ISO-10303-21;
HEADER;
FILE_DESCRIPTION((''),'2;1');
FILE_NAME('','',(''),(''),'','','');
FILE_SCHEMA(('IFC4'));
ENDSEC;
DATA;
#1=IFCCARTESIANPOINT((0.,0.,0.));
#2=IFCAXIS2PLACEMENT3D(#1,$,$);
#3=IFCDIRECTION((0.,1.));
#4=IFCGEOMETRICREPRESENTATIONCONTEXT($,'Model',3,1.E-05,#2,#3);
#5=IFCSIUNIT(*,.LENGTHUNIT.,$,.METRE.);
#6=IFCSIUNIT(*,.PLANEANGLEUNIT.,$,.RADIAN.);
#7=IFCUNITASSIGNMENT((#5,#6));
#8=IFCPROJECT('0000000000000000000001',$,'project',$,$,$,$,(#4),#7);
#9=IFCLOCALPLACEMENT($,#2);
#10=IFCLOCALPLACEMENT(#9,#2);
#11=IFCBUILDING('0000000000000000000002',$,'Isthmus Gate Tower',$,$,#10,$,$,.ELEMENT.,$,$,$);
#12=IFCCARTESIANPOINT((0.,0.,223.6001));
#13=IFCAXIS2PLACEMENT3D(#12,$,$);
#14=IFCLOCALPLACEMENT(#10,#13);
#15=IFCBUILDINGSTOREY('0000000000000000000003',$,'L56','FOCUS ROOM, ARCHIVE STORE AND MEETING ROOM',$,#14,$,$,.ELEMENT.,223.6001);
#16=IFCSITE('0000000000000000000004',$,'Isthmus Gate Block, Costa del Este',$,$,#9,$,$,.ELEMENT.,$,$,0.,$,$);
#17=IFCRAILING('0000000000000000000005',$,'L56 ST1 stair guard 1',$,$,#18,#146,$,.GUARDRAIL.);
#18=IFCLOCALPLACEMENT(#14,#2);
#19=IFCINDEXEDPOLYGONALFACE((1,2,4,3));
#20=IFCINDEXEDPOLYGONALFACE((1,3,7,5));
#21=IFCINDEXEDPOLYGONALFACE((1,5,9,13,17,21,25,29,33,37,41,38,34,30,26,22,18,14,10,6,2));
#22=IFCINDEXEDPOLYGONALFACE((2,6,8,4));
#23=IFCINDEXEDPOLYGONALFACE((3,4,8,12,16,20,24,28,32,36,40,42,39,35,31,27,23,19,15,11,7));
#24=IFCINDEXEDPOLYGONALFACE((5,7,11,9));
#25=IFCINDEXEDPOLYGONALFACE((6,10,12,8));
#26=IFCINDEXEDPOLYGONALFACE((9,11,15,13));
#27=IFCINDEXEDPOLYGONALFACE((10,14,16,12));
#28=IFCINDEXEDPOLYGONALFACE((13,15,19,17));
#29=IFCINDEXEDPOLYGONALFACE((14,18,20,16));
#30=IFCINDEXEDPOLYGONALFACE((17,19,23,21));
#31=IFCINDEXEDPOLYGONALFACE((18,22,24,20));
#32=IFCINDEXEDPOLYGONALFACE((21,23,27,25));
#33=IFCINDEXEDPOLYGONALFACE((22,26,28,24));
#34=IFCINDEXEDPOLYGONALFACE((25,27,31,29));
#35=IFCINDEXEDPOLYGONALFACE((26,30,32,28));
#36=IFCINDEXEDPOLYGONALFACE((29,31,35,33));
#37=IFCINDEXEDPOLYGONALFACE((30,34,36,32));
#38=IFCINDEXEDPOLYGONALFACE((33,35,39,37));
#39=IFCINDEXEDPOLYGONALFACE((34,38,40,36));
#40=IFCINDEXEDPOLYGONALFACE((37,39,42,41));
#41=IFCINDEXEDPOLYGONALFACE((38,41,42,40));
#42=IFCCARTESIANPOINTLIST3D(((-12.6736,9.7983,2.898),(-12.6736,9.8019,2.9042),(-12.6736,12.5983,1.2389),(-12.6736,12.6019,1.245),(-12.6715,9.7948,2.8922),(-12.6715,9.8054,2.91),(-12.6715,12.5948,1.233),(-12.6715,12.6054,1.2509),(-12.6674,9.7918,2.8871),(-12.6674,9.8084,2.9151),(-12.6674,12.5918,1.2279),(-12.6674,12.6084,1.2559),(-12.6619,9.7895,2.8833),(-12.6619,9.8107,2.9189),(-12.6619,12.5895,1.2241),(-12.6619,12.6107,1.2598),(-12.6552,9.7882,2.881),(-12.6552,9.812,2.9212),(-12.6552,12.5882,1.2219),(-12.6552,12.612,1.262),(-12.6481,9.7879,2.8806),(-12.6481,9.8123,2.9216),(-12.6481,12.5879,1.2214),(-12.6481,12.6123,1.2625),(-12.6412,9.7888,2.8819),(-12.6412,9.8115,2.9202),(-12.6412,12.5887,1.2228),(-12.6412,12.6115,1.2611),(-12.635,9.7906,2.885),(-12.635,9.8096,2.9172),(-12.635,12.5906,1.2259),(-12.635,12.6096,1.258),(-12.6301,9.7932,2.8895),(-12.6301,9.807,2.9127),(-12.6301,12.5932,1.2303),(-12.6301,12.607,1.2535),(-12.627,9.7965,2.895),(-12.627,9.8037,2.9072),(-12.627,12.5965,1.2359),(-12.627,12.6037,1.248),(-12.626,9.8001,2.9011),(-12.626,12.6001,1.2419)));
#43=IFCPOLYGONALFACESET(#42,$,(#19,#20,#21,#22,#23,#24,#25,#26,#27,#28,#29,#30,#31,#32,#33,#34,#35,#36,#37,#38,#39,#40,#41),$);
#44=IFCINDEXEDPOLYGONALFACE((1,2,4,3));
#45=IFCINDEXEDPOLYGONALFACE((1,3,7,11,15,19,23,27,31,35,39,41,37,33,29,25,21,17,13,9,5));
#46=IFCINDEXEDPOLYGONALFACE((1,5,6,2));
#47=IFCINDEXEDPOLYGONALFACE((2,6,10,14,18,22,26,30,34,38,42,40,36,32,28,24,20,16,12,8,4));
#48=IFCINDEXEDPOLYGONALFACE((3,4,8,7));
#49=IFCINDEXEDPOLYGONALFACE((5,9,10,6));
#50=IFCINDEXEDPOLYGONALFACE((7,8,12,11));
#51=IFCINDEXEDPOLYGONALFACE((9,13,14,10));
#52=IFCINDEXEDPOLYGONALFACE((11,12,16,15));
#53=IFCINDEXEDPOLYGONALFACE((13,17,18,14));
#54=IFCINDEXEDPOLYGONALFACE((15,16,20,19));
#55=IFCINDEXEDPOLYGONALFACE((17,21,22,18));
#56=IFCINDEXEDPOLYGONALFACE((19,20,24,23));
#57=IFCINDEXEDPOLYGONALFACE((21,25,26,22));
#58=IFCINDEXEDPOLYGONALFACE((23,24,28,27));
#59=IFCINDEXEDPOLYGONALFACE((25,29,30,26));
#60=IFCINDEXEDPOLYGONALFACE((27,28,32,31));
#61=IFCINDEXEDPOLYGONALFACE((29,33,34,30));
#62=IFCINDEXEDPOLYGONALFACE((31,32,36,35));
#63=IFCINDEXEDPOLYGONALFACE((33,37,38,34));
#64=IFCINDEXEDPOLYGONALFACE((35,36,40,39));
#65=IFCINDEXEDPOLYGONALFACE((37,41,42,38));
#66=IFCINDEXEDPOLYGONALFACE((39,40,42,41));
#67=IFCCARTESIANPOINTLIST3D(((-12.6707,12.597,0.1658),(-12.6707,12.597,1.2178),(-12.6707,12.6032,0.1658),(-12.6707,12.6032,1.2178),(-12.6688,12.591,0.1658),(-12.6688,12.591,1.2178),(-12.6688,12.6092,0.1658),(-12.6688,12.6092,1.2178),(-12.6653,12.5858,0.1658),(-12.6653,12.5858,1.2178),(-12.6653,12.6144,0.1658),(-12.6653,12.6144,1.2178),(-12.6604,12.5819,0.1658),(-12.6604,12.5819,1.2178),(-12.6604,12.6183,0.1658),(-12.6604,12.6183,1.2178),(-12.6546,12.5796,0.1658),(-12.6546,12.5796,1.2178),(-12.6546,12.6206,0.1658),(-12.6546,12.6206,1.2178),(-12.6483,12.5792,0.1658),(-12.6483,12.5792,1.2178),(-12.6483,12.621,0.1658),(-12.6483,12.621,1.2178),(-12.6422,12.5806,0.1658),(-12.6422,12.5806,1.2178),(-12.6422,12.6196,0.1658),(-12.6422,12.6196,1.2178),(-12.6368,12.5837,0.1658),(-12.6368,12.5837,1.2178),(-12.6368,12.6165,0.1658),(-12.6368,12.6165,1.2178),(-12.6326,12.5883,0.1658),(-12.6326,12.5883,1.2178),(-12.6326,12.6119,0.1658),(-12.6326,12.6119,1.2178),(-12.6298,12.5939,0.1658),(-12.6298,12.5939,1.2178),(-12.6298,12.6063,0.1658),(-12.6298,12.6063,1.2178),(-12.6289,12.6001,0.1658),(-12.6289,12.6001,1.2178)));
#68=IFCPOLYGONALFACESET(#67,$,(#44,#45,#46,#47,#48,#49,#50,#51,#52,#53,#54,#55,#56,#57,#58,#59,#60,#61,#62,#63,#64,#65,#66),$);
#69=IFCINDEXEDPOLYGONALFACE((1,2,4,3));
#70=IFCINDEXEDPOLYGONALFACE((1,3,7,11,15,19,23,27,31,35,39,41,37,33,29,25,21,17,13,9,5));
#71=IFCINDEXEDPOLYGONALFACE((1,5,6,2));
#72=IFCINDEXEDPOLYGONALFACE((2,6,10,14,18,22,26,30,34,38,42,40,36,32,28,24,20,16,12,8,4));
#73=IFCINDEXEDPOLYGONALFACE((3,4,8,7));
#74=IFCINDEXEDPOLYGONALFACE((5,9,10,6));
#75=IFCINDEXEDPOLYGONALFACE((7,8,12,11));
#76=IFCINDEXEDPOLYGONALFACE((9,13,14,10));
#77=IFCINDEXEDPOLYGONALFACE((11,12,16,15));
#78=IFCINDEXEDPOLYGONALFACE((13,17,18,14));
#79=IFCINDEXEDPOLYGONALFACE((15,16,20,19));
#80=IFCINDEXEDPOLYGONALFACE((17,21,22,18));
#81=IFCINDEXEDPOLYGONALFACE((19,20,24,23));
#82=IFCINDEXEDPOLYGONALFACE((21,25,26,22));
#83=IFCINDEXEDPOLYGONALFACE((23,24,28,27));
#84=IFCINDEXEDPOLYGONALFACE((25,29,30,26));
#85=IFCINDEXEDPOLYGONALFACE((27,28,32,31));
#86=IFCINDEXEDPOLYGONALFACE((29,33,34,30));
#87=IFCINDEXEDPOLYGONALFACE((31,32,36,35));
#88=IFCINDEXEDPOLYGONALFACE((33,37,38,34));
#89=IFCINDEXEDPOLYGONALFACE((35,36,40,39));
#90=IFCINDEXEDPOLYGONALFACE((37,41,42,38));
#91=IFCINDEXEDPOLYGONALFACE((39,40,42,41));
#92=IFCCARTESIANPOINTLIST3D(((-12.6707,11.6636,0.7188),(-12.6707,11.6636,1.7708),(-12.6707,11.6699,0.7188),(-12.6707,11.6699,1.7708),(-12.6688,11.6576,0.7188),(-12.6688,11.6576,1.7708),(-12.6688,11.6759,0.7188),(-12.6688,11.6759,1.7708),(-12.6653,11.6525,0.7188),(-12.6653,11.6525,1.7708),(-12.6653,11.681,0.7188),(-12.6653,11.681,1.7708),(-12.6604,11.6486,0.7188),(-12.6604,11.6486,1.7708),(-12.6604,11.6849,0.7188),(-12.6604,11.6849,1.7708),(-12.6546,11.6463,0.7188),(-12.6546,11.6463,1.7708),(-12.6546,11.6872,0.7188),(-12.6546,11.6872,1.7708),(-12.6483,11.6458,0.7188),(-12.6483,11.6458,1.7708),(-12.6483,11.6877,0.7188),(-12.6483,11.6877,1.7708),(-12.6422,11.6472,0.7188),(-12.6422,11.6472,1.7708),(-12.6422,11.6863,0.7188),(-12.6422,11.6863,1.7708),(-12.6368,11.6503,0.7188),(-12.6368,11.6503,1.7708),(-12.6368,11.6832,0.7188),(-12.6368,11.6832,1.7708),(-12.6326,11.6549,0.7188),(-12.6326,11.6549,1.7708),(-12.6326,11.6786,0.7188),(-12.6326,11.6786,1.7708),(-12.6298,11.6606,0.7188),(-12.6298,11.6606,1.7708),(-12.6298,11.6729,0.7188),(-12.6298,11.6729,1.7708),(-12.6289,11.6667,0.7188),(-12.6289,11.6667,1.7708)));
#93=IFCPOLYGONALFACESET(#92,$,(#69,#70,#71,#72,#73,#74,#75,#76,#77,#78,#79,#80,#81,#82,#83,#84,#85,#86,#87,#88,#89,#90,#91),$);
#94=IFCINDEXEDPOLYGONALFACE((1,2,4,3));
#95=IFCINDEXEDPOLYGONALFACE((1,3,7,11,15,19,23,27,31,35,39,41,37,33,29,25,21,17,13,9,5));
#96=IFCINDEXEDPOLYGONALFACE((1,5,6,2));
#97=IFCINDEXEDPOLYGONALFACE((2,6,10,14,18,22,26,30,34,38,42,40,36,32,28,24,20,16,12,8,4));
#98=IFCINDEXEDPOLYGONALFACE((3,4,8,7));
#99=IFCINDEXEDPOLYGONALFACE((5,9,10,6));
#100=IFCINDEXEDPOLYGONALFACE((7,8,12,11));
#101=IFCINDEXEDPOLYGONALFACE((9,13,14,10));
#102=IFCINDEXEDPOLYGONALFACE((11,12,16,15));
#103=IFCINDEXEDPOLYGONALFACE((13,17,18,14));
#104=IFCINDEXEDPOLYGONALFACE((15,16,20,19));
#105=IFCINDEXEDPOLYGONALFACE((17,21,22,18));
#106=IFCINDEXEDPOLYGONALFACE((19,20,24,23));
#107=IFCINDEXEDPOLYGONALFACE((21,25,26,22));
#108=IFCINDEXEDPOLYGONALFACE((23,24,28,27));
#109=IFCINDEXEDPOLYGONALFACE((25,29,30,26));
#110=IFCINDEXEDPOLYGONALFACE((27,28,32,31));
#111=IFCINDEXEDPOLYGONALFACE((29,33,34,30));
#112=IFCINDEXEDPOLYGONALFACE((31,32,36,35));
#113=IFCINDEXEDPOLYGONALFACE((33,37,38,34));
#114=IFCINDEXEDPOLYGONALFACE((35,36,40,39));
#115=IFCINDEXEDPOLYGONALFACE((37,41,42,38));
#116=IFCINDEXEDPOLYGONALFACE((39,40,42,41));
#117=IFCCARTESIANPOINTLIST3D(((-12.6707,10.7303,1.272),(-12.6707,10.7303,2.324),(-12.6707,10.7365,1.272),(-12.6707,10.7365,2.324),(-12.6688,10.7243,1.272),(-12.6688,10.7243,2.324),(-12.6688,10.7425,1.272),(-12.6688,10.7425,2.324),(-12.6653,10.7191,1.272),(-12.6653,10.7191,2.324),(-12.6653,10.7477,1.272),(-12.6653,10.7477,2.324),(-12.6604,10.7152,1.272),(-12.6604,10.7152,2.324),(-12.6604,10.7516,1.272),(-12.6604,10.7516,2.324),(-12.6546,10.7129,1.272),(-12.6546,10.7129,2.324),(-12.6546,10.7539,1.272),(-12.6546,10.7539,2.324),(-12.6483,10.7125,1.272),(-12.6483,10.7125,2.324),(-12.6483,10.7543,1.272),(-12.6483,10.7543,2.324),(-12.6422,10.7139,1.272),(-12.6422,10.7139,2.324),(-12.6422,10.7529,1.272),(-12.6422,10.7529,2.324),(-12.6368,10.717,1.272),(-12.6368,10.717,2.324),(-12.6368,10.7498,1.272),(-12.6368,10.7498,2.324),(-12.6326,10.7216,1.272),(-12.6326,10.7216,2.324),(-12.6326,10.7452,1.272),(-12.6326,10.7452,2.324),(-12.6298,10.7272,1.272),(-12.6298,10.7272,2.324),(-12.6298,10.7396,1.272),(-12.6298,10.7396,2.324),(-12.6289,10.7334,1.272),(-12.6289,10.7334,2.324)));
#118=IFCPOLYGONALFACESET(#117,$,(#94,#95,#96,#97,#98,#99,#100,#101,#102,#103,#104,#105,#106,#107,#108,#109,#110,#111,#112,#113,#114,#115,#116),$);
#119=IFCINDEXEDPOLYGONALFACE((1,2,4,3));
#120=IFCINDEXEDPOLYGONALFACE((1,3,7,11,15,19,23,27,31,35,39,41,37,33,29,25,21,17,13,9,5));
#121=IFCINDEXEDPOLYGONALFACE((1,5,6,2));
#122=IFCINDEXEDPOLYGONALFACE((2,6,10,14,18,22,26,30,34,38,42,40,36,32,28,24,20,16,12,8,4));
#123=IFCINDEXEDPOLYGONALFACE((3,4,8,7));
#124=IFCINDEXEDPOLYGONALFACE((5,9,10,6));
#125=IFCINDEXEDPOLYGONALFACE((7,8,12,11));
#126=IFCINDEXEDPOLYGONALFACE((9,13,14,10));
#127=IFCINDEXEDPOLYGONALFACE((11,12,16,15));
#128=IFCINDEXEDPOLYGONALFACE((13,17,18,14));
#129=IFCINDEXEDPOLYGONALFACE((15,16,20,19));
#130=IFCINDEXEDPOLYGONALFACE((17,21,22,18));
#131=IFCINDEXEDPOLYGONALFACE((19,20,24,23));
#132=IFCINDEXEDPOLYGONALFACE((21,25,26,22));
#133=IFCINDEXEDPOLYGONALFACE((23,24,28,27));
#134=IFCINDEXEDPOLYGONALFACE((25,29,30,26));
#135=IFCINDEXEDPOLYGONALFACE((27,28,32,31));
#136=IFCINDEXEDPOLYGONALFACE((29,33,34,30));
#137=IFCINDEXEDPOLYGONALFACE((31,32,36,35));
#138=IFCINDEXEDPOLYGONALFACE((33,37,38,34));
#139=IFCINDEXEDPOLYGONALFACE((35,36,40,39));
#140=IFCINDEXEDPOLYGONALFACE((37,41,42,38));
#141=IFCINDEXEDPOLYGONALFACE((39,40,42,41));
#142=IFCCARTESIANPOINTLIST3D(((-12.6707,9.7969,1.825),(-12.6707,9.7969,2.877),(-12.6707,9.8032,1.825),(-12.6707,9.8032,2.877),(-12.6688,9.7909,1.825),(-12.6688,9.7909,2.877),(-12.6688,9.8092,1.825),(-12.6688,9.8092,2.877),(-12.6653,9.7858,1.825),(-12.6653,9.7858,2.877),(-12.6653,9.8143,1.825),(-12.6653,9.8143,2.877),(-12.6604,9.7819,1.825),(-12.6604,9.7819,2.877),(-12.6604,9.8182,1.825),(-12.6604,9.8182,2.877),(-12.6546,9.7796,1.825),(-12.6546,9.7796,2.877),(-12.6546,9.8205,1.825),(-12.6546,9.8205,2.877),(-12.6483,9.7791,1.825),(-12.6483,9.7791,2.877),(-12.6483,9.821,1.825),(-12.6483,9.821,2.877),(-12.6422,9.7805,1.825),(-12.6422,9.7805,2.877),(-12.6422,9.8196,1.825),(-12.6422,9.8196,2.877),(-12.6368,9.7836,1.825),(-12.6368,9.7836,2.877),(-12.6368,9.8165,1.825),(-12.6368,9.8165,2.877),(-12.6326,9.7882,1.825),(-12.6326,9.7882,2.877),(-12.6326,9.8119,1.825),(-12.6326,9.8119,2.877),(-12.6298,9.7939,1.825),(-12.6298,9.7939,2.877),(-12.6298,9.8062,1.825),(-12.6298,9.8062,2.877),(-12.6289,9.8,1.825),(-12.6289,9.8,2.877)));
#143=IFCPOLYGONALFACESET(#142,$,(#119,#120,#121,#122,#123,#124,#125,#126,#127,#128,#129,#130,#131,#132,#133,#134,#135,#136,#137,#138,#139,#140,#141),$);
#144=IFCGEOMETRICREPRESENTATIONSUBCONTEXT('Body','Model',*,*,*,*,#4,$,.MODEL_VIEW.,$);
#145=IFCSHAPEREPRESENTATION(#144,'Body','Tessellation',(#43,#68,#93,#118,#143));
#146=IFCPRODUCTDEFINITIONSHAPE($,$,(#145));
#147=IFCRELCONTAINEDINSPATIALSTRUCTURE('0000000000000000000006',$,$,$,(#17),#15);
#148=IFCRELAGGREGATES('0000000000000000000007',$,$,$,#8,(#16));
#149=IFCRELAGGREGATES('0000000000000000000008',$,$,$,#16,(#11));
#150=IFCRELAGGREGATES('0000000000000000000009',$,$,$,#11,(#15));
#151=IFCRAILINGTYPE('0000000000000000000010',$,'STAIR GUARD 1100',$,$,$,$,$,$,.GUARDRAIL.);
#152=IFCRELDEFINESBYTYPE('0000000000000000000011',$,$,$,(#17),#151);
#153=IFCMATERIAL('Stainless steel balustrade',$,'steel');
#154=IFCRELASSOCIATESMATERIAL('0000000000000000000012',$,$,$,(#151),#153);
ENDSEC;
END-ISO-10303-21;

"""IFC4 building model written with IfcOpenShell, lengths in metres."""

from ifc_helpers import new_model, si_unit, direction, frame, origin, origin_2d, place, context, subcontext, project, spatial, circle, extrude, material, type_object, element, save


model = new_model("IFC4")

# Units and contexts
model_context = context("Model", 3, precision=1e-05, world=origin(), true_north=direction((0.0, 1.0)))
body_context = subcontext(model_context, "Body", "Model", "MODEL_VIEW")
ifc_project = project(units=[si_unit("LENGTHUNIT", "METRE"), si_unit("PLANEANGLEUNIT", "RADIAN")], contexts=[model_context])

# Site, building, storey
site_placement = place(None, origin())
site = spatial("IfcSite", under=ifc_project, at=site_placement, Name="Isthmus Gate Block, Costa del Este", CompositionType="ELEMENT", RefElevation=0.0)
building_placement = place(site_placement, origin())
building = spatial("IfcBuilding", under=site, at=building_placement, Name="Isthmus Gate Tower", CompositionType="ELEMENT")
storey_placement = place(building_placement, frame((0.0, 0.0, 223.6001)))
storey = spatial("IfcBuildingStorey", under=building, at=storey_placement, Name="L56", Description="FOCUS ROOM, ARCHIVE STORE AND MEETING ROOM", CompositionType="ELEMENT", Elevation=223.6001)

# Railing
ifc_material_1 = material(Name="Stainless steel balustrade", Category="steel")
railing_type_1 = type_object("IfcRailingType", Name="STAIR GUARD 1100", PredefinedType="GUARDRAIL", material=ifc_material_1)
railing_1_placement = place(storey_placement, frame((-12.6499, 12.6001, 0.1658)))
element("IfcRailing", 1, at=railing_1_placement, inside=storey, type_object=railing_type_1, Name="L56 ST1 stair guard 1", PredefinedType="GUARDRAIL", context=body_context, shape_type="SweptSolid", body=[
    extrude(circle(Radius=0.0239, at=origin_2d()), frame((0.0, 0.0, 1.0762), z_axis=(0.0, -0.860306, 0.509778), x_axis=(1.0, 0.0, 0.0)), (0.0, 0.0, 1.0), 3.2546),
    extrude(circle(Radius=0.021, at=origin_2d()), origin(), (0.0, 0.0, 1.0), 1.052),
    extrude(circle(Radius=0.021, at=origin_2d()), frame((0.0, -0.9333, 0.553)), (0.0, 0.0, 1.0), 1.052),
    extrude(circle(Radius=0.021, at=origin_2d()), frame((0.0, -1.8667, 1.1062)), (0.0, 0.0, 1.0), 1.052),
    extrude(circle(Radius=0.021, at=origin_2d()), frame((0.0, -2.8, 1.6592)), (0.0, 0.0, 1.0), 1.052),
])

save(model, "model.ifc")
